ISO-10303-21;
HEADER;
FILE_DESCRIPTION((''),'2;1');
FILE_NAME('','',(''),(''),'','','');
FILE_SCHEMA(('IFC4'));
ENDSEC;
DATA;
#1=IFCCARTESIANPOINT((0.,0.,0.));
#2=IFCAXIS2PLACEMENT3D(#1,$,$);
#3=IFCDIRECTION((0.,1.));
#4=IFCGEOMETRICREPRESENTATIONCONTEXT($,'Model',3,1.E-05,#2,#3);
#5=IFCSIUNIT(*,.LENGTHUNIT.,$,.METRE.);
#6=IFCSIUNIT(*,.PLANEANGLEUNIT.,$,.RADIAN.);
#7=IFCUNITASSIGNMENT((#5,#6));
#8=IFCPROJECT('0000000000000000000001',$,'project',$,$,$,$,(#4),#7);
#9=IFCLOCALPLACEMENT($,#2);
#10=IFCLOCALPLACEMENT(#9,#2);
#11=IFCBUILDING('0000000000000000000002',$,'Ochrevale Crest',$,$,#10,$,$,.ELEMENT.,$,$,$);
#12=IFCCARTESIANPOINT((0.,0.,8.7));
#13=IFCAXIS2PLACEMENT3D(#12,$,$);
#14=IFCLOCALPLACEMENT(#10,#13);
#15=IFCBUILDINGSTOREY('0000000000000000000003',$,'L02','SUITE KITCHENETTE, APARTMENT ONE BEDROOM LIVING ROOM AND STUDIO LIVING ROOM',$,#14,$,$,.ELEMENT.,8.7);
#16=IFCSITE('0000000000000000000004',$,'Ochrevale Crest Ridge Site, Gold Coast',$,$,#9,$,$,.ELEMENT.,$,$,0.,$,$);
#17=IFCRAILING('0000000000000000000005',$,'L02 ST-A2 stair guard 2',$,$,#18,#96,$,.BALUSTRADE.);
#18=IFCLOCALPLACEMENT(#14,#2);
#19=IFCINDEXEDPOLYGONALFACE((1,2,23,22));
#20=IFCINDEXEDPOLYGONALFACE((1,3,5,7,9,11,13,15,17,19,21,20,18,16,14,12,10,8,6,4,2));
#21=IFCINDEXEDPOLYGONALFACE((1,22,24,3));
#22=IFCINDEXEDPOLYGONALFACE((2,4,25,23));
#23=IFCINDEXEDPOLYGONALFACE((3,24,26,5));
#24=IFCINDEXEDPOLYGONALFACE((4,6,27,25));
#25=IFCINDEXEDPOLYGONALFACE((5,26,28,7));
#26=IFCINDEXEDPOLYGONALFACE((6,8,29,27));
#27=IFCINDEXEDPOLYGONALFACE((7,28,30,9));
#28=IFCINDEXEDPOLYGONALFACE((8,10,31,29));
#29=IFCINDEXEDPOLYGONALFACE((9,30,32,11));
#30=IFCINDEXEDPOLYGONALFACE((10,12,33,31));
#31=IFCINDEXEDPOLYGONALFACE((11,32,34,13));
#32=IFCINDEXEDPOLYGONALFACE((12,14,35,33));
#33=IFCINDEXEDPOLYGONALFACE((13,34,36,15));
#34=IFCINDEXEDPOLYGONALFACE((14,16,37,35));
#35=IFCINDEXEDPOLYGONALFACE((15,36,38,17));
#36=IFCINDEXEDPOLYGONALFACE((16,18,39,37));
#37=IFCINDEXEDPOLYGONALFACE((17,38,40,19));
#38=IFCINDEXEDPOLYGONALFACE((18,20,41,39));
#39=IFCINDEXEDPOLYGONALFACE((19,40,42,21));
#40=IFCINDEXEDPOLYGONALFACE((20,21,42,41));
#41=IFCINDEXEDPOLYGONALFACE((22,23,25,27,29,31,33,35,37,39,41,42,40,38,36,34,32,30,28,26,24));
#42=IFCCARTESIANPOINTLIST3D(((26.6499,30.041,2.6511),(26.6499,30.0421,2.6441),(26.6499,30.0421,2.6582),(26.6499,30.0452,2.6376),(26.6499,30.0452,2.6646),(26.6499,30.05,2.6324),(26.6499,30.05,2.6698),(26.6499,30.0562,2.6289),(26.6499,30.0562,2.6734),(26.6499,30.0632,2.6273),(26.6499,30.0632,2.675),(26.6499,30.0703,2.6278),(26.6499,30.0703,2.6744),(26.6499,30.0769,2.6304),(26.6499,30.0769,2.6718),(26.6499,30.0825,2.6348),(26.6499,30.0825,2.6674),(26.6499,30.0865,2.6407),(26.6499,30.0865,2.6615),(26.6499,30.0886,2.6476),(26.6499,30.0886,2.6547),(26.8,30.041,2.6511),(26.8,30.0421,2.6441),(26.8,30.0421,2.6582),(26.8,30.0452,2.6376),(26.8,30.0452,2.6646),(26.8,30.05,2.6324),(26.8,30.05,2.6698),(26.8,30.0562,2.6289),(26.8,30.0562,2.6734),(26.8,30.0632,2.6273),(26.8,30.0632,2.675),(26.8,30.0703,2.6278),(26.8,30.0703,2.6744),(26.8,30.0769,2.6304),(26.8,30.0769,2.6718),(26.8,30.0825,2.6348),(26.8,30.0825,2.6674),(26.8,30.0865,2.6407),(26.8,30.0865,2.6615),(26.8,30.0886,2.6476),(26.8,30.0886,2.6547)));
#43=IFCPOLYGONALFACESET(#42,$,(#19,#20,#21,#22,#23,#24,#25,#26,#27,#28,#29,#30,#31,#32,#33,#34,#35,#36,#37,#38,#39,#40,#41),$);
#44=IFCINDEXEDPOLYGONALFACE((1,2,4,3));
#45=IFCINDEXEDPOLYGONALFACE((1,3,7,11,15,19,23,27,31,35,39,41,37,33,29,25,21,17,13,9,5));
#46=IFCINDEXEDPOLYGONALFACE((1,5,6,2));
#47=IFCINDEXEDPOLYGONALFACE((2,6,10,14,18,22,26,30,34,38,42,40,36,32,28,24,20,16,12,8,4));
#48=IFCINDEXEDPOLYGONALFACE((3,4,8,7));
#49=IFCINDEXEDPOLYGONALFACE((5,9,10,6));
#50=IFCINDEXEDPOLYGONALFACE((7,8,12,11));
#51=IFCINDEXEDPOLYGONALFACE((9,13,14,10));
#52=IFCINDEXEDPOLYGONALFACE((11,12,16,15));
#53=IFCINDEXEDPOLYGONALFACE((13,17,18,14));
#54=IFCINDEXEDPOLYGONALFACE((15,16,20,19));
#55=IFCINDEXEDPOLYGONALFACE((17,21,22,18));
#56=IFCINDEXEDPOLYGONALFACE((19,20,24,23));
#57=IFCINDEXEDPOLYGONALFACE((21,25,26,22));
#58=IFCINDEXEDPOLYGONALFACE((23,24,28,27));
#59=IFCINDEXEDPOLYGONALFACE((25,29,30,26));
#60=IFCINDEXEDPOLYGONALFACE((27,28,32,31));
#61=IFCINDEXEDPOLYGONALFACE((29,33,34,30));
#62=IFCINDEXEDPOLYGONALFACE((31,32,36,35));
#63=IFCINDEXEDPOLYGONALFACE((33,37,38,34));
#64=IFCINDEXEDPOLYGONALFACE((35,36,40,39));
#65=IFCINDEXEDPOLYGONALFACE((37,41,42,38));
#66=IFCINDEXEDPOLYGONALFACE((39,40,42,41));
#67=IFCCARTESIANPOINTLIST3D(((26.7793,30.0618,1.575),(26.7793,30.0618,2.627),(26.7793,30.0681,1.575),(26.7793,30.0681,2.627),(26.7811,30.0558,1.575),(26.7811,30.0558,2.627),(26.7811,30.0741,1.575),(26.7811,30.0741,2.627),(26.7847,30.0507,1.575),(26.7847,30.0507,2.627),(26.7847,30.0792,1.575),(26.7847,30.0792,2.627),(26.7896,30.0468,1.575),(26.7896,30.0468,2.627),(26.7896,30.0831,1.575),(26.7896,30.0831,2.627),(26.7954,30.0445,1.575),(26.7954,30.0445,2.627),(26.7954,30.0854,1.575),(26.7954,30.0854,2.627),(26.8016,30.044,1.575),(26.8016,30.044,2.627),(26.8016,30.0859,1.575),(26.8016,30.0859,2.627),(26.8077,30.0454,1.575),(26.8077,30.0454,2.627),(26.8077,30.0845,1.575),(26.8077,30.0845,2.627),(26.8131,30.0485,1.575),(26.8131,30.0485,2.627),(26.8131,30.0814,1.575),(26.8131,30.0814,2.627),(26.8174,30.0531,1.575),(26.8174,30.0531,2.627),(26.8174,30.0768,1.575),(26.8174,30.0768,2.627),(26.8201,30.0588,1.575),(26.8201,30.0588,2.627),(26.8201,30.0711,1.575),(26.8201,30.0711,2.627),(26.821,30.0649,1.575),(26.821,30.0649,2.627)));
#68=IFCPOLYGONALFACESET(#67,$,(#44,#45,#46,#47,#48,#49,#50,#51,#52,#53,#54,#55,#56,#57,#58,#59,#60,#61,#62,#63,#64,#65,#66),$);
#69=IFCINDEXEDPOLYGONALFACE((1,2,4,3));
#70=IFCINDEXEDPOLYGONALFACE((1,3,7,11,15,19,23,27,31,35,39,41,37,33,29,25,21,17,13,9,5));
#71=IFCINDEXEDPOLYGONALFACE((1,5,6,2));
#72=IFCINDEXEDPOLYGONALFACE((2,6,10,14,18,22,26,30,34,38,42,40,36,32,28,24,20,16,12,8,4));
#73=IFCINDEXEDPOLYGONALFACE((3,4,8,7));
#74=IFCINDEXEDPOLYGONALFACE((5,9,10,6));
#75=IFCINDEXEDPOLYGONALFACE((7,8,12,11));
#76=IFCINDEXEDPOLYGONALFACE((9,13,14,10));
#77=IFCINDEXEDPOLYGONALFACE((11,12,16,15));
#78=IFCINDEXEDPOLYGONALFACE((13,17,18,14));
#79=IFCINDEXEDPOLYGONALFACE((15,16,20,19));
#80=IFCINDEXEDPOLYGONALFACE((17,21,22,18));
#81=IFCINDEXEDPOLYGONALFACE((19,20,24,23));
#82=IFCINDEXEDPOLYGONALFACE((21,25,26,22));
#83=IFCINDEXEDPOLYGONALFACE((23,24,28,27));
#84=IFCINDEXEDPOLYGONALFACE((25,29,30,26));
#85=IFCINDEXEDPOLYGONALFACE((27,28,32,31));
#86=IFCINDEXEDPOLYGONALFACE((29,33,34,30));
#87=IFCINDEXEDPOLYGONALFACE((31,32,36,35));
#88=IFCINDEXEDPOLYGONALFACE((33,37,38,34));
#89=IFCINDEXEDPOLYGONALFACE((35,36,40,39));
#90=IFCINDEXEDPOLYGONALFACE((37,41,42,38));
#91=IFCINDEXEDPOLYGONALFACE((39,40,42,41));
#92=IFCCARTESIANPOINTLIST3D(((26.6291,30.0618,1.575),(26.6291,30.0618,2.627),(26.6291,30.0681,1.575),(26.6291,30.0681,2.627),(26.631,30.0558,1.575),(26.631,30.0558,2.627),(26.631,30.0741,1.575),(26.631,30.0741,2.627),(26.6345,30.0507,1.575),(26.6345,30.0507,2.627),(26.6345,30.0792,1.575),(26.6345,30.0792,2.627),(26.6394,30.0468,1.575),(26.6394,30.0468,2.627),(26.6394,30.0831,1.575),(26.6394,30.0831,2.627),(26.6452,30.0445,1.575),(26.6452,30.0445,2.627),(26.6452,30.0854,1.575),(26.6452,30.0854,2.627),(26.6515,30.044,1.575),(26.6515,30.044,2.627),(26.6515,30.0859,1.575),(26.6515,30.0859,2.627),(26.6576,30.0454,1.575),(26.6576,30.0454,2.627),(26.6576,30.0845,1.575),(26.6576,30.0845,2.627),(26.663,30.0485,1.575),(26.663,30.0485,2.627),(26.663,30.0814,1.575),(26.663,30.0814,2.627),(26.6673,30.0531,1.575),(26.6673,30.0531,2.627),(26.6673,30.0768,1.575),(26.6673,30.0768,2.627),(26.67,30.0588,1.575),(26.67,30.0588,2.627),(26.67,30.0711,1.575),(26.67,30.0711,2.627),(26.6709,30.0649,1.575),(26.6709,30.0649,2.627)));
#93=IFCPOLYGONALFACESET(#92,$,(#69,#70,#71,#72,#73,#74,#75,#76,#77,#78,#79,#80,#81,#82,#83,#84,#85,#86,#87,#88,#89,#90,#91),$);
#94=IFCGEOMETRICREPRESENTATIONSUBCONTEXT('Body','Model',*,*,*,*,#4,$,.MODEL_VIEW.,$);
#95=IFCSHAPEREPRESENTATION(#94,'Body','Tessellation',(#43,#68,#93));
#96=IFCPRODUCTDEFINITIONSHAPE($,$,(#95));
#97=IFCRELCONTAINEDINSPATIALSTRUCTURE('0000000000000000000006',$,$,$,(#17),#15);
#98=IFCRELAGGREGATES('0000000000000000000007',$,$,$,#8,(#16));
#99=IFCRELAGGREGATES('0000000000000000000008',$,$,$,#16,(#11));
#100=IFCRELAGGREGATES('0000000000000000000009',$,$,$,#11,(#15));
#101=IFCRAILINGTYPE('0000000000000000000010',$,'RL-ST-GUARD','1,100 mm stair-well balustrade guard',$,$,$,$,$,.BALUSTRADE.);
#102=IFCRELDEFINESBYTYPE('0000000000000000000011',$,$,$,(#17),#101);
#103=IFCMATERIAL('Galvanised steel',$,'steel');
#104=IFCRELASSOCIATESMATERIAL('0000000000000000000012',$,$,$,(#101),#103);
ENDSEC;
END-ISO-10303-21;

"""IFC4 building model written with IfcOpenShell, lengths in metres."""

from ifc_helpers import new_model, si_unit, direction, frame, origin, origin_2d, place, context, subcontext, project, spatial, circle, extrude, material, type_object, element, save


model = new_model("IFC4")

# Units and contexts
model_context = context("Model", 3, precision=1e-05, world=origin(), true_north=direction((0.0, 1.0)))
body_context = subcontext(model_context, "Body", "Model", "MODEL_VIEW")
ifc_project = project(units=[si_unit("LENGTHUNIT", "METRE"), si_unit("PLANEANGLEUNIT", "RADIAN")], contexts=[model_context])

# Site, building, storey
site_placement = place(None, origin())
site = spatial("IfcSite", under=ifc_project, at=site_placement, Name="Ochrevale Crest Ridge Site, Gold Coast", CompositionType="ELEMENT", RefElevation=0.0)
building_placement = place(site_placement, origin())
building = spatial("IfcBuilding", under=site, at=building_placement, Name="Ochrevale Crest", CompositionType="ELEMENT")
storey_placement = place(building_placement, frame((0.0, 0.0, 8.7)))
storey = spatial("IfcBuildingStorey", under=building, at=storey_placement, Name="L02", Description="SUITE KITCHENETTE, APARTMENT ONE BEDROOM LIVING ROOM AND STUDIO LIVING ROOM", CompositionType="ELEMENT", Elevation=8.7)

# Railing
ifc_material_1 = material(Name="Galvanised steel", Category="steel")
railing_type_1 = type_object("IfcRailingType", Name="RL-ST-GUARD", Description="1,100 mm stair-well balustrade guard", PredefinedType="BALUSTRADE", material=ifc_material_1)
railing_1_placement = place(storey_placement, frame((26.8, 30.0649, 1.575)))
element("IfcRailing", 1, at=railing_1_placement, inside=storey, type_object=railing_type_1, Name="L02 ST-A2 stair guard 2", PredefinedType="BALUSTRADE", context=body_context, shape_type="SweptSolid", body=[
    extrude(circle(Radius=0.0239, at=origin_2d()), frame((0.0, 0.0, 1.0762), z_axis=(-1.0, 0.0, 0.0), x_axis=(0.0, -1.0, 0.0)), (0.0, 0.0, 1.0), 0.1501),
    extrude(circle(Radius=0.021, at=origin_2d()), origin(), (0.0, 0.0, 1.0), 1.052),
    extrude(circle(Radius=0.021, at=origin_2d()), frame((-0.1501, 0.0, 0.0)), (0.0, 0.0, 1.0), 1.052),
])

save(model, "model.ifc")
